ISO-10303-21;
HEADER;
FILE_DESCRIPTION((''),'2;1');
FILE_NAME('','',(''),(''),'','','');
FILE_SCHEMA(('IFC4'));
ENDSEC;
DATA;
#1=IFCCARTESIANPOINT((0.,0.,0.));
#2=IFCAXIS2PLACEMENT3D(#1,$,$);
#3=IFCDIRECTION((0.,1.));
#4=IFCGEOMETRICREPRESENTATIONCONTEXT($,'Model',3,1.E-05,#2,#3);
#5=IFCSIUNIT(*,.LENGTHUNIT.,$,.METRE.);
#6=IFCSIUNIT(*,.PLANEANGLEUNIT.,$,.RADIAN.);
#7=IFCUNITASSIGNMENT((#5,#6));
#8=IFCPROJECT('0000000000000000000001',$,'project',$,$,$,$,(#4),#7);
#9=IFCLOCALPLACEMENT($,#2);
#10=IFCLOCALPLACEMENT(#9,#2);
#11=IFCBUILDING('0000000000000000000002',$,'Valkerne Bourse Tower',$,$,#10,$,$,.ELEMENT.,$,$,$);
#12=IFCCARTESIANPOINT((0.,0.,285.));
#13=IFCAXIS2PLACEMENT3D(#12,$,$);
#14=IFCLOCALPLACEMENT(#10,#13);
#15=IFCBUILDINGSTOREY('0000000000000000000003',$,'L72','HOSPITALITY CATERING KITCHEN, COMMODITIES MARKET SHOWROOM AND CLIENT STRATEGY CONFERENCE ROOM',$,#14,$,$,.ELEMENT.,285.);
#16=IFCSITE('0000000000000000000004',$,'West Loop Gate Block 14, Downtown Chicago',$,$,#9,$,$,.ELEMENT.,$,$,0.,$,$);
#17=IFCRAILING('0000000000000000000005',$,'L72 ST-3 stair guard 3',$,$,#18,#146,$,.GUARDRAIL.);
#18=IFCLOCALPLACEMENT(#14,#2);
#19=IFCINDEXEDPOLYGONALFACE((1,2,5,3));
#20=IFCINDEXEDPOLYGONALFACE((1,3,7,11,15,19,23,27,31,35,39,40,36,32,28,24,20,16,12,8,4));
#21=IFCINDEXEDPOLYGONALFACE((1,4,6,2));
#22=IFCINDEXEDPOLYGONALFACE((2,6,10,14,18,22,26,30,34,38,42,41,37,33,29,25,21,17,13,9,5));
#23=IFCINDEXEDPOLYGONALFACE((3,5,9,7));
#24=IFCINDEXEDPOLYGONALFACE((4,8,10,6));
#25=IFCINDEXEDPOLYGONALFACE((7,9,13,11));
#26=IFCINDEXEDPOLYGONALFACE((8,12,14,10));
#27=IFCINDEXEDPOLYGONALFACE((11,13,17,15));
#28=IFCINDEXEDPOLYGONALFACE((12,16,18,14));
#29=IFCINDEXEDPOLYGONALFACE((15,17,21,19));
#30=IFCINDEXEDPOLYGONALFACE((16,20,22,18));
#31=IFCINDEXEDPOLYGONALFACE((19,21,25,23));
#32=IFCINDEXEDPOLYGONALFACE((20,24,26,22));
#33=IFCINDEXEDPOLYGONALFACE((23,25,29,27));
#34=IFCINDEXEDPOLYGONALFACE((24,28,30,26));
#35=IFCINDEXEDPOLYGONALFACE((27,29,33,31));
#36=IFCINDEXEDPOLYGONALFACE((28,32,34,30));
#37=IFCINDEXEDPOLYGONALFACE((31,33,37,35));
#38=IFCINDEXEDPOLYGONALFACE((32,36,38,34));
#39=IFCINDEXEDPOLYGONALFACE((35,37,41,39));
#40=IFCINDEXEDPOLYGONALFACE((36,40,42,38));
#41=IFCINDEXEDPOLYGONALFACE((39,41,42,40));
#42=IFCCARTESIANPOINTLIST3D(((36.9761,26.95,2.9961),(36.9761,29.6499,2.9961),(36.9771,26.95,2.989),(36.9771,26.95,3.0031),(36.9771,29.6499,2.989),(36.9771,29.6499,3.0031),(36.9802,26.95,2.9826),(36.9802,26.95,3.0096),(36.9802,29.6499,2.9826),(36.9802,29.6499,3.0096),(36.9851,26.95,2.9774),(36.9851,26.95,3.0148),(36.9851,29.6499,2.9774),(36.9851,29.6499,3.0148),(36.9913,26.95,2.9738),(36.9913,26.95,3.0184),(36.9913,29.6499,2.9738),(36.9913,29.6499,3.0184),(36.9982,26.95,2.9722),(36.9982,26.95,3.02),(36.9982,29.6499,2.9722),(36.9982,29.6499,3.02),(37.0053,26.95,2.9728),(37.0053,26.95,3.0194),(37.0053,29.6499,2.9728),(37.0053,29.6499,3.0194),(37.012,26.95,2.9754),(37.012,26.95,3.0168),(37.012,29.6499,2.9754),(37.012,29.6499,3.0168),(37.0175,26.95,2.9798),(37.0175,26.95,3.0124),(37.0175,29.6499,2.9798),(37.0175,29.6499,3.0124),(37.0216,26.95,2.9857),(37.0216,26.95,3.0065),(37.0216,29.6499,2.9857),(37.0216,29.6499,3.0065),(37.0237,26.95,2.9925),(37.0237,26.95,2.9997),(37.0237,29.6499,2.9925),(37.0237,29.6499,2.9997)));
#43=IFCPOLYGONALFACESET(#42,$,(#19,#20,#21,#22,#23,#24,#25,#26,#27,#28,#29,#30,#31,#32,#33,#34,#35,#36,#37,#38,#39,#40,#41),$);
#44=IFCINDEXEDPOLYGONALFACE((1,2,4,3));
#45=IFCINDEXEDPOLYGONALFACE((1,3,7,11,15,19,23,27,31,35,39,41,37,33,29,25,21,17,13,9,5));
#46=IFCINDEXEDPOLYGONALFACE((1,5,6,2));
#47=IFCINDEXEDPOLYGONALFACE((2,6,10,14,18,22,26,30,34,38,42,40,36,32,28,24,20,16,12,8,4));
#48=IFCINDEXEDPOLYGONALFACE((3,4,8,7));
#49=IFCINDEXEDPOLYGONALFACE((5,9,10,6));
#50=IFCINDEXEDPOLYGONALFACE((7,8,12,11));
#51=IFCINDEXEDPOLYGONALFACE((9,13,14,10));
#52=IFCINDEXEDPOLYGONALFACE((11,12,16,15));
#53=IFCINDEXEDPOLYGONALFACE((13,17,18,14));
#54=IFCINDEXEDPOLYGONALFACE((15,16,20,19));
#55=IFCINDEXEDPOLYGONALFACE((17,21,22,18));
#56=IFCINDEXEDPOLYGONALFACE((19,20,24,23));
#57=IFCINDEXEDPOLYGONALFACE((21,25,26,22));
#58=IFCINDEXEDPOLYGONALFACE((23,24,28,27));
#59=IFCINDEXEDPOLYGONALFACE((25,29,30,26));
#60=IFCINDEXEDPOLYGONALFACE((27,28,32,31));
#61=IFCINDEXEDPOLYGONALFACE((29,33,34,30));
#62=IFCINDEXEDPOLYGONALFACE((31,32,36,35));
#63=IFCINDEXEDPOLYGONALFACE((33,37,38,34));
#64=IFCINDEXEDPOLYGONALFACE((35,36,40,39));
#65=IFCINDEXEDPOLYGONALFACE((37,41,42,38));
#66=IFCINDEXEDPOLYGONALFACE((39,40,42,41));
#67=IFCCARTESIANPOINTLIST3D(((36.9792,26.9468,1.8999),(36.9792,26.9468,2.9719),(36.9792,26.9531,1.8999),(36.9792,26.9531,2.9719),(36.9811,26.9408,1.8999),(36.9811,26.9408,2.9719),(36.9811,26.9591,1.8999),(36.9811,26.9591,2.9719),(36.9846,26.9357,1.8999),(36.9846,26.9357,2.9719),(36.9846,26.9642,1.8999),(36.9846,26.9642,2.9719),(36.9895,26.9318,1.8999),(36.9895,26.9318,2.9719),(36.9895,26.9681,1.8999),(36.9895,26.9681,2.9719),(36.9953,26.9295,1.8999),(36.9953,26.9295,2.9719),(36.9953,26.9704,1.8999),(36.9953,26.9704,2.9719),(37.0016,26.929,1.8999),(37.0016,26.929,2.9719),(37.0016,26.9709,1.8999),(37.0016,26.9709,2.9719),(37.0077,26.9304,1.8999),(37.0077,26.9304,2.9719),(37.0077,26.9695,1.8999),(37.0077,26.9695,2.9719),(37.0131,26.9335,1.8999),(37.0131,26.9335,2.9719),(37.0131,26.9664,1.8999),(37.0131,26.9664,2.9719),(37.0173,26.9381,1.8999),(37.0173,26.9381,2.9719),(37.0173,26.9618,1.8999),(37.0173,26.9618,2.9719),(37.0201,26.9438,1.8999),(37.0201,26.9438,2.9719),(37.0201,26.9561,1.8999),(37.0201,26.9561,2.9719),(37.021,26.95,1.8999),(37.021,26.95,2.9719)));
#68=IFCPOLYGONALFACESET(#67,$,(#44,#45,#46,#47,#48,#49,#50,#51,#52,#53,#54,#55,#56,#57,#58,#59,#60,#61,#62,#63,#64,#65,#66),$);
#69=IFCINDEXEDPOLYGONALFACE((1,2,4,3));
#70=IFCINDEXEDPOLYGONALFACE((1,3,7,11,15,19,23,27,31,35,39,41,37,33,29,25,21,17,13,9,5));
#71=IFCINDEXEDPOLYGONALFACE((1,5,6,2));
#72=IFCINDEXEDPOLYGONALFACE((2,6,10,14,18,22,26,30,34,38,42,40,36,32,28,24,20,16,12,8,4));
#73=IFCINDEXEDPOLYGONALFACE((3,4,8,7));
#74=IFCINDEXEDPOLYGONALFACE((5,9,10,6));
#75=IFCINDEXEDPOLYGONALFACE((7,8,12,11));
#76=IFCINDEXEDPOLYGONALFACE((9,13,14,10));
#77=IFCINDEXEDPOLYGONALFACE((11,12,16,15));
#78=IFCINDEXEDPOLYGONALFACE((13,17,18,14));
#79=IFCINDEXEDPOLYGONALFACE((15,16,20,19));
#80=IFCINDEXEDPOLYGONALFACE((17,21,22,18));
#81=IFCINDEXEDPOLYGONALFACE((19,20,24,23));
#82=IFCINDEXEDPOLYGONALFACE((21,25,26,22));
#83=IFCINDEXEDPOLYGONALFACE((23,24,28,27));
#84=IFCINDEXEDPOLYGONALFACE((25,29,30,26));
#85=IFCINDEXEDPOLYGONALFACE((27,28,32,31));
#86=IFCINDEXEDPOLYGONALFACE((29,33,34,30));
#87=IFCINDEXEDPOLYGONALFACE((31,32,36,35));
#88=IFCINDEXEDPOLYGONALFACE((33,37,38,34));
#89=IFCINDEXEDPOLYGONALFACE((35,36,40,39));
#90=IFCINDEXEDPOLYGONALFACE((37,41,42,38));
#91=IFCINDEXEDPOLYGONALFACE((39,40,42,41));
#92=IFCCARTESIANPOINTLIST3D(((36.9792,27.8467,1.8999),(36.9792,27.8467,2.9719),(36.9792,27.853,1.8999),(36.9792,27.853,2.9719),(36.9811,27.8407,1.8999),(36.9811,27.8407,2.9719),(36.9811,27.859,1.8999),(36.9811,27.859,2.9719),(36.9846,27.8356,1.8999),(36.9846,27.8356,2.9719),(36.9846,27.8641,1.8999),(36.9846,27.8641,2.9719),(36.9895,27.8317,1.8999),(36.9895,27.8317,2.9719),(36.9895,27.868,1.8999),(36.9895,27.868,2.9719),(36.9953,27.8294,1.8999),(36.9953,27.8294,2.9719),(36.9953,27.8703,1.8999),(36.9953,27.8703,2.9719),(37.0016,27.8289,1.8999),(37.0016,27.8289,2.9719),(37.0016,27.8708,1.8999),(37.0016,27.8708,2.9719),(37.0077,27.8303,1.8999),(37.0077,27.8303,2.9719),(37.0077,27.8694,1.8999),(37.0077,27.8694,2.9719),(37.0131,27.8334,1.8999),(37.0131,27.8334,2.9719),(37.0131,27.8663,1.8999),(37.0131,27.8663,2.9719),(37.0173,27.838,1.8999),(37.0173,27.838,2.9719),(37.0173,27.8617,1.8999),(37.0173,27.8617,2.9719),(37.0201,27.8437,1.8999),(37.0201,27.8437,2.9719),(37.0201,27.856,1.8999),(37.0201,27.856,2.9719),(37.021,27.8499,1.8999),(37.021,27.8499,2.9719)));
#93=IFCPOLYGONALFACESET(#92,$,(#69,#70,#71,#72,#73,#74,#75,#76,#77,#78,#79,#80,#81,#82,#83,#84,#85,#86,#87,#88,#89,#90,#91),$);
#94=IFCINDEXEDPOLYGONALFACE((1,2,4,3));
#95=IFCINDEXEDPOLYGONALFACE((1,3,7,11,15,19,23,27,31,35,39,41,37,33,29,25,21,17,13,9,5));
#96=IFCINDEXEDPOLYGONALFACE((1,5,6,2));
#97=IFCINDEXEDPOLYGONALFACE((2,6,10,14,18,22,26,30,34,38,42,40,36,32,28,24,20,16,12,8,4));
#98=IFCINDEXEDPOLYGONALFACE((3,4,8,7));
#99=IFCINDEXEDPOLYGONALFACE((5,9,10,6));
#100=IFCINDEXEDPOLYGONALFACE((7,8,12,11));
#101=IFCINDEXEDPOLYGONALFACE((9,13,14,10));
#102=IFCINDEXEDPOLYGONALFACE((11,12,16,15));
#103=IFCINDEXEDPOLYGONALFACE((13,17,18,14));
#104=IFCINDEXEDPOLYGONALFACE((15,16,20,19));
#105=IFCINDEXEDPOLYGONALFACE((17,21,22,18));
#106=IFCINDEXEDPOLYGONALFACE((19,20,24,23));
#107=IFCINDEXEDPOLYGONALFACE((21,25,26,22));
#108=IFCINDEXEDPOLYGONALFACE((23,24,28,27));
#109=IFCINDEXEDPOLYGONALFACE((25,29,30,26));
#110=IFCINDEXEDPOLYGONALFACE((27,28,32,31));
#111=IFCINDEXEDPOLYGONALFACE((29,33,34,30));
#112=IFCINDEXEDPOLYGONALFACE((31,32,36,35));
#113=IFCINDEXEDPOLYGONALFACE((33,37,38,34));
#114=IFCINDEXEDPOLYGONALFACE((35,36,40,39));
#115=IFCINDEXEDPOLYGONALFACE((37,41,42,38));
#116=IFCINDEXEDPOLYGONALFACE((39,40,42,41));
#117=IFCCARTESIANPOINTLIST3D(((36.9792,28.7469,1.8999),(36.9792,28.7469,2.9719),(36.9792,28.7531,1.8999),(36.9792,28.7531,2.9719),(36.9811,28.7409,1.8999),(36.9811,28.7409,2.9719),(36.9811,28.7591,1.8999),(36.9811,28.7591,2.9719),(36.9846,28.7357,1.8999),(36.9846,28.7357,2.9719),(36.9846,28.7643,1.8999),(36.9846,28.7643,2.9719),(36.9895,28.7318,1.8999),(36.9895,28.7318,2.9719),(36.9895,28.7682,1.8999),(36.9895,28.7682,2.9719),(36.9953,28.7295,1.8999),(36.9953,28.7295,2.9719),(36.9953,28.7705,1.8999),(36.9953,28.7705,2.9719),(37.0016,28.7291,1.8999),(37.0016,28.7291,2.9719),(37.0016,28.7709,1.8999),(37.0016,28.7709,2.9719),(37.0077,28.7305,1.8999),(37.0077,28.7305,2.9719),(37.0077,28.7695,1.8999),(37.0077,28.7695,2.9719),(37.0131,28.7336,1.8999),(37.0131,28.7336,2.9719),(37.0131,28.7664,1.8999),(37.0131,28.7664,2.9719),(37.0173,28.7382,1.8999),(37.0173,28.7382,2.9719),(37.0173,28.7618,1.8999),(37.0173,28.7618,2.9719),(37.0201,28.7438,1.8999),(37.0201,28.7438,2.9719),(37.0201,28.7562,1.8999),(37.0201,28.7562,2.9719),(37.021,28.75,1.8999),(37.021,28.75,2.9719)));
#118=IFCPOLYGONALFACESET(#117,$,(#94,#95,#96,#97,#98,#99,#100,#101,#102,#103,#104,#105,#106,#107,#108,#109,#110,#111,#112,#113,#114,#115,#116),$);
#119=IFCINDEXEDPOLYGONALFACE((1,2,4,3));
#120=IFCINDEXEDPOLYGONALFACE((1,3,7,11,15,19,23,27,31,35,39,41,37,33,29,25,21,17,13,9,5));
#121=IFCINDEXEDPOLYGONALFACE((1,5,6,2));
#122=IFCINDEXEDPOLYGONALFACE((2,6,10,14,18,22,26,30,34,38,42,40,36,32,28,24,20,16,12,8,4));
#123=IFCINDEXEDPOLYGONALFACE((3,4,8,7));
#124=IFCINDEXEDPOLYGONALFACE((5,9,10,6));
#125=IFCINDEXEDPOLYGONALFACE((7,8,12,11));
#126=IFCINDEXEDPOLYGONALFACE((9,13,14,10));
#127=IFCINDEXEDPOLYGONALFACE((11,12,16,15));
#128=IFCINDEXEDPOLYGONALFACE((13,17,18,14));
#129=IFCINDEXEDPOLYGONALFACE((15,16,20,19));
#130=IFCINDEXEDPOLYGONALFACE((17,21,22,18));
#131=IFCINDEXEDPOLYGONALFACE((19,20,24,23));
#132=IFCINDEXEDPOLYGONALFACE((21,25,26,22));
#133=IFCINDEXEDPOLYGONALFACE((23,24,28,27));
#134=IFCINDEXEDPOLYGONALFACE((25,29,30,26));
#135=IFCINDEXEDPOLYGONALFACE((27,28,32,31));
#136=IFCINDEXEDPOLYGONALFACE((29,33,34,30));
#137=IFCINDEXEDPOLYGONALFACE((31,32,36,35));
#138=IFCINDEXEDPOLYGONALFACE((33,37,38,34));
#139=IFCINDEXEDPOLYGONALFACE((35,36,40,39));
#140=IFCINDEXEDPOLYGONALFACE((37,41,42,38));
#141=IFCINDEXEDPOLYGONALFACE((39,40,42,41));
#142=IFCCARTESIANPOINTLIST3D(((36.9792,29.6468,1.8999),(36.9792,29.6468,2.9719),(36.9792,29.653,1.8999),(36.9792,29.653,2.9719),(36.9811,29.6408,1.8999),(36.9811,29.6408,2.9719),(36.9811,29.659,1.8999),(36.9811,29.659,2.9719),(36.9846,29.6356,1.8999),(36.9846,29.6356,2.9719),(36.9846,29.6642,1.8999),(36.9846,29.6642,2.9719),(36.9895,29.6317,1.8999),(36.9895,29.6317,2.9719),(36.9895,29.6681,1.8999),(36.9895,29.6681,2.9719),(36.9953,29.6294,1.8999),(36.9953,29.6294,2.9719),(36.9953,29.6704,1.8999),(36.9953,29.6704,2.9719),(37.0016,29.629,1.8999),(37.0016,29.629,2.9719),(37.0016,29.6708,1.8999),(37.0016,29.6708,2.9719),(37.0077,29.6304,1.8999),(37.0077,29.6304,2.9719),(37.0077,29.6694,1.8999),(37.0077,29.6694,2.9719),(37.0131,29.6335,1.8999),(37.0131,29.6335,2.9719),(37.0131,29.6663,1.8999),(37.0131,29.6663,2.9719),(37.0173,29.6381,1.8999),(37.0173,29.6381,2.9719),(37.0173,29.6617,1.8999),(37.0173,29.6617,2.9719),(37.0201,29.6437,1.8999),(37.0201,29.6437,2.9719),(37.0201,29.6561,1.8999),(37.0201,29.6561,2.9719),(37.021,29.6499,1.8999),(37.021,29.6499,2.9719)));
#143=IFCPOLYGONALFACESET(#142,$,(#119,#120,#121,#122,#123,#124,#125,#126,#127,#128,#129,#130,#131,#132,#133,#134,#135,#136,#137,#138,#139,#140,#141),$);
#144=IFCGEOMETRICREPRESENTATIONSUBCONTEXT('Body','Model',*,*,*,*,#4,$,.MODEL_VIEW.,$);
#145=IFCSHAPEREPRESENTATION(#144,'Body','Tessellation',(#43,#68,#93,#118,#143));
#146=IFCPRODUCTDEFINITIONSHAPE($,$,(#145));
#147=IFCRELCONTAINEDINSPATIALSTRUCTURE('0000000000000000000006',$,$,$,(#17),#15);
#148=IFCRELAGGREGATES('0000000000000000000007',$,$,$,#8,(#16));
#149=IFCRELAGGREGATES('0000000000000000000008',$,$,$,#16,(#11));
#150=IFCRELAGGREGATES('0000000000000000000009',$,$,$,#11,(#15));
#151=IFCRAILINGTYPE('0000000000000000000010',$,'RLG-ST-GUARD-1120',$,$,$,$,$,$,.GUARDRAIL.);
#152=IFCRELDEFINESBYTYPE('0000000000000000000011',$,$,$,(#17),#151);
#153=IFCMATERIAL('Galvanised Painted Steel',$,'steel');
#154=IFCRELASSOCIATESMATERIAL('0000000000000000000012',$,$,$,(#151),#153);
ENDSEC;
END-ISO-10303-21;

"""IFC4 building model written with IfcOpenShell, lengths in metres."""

from ifc_helpers import new_model, si_unit, direction, frame, origin, origin_2d, place, context, subcontext, project, spatial, circle, extrude, material, type_object, element, save


model = new_model("IFC4")

# Units and contexts
model_context = context("Model", 3, precision=1e-05, world=origin(), true_north=direction((0.0, 1.0)))
body_context = subcontext(model_context, "Body", "Model", "MODEL_VIEW")
ifc_project = project(units=[si_unit("LENGTHUNIT", "METRE"), si_unit("PLANEANGLEUNIT", "RADIAN")], contexts=[model_context])

# Site, building, storey
site_placement = place(None, origin())
site = spatial("IfcSite", under=ifc_project, at=site_placement, Name="West Loop Gate Block 14, Downtown Chicago", CompositionType="ELEMENT", RefElevation=0.0)
building_placement = place(site_placement, origin())
building = spatial("IfcBuilding", under=site, at=building_placement, Name="Valkerne Bourse Tower", CompositionType="ELEMENT")
storey_placement = place(building_placement, frame((0.0, 0.0, 285.0)))
storey = spatial("IfcBuildingStorey", under=building, at=storey_placement, Name="L72", Description="HOSPITALITY CATERING KITCHEN, COMMODITIES MARKET SHOWROOM AND CLIENT STRATEGY CONFERENCE ROOM", CompositionType="ELEMENT", Elevation=285.0)

# Railing
ifc_material_1 = material(Name="Galvanised Painted Steel", Category="steel")
railing_type_1 = type_object("IfcRailingType", Name="RLG-ST-GUARD-1120", PredefinedType="GUARDRAIL", material=ifc_material_1)
railing_1_placement = place(storey_placement, frame((37.0, 26.95, 1.8999)))
element("IfcRailing", 1, at=railing_1_placement, inside=storey, type_object=railing_type_1, Name="L72 ST-3 stair guard 3", PredefinedType="GUARDRAIL", context=body_context, shape_type="SweptSolid", body=[
    extrude(circle(Radius=0.0239, at=origin_2d()), frame((0.0, 0.0, 1.0962), z_axis=(0.0, 1.0, 0.0), x_axis=(-1.0, 0.0, 0.0)), (0.0, 0.0, 1.0), 2.7),
    extrude(circle(Radius=0.021, at=origin_2d()), origin(), (0.0, 0.0, 1.0), 1.072),
    extrude(circle(Radius=0.021, at=origin_2d()), frame((0.0, 0.8999, 0.0)), (0.0, 0.0, 1.0), 1.072),
    extrude(circle(Radius=0.021, at=origin_2d()), frame((0.0, 1.8, 0.0)), (0.0, 0.0, 1.0), 1.072),
    extrude(circle(Radius=0.021, at=origin_2d()), frame((0.0, 2.7, 0.0)), (0.0, 0.0, 1.0), 1.072),
])

save(model, "model.ifc")
